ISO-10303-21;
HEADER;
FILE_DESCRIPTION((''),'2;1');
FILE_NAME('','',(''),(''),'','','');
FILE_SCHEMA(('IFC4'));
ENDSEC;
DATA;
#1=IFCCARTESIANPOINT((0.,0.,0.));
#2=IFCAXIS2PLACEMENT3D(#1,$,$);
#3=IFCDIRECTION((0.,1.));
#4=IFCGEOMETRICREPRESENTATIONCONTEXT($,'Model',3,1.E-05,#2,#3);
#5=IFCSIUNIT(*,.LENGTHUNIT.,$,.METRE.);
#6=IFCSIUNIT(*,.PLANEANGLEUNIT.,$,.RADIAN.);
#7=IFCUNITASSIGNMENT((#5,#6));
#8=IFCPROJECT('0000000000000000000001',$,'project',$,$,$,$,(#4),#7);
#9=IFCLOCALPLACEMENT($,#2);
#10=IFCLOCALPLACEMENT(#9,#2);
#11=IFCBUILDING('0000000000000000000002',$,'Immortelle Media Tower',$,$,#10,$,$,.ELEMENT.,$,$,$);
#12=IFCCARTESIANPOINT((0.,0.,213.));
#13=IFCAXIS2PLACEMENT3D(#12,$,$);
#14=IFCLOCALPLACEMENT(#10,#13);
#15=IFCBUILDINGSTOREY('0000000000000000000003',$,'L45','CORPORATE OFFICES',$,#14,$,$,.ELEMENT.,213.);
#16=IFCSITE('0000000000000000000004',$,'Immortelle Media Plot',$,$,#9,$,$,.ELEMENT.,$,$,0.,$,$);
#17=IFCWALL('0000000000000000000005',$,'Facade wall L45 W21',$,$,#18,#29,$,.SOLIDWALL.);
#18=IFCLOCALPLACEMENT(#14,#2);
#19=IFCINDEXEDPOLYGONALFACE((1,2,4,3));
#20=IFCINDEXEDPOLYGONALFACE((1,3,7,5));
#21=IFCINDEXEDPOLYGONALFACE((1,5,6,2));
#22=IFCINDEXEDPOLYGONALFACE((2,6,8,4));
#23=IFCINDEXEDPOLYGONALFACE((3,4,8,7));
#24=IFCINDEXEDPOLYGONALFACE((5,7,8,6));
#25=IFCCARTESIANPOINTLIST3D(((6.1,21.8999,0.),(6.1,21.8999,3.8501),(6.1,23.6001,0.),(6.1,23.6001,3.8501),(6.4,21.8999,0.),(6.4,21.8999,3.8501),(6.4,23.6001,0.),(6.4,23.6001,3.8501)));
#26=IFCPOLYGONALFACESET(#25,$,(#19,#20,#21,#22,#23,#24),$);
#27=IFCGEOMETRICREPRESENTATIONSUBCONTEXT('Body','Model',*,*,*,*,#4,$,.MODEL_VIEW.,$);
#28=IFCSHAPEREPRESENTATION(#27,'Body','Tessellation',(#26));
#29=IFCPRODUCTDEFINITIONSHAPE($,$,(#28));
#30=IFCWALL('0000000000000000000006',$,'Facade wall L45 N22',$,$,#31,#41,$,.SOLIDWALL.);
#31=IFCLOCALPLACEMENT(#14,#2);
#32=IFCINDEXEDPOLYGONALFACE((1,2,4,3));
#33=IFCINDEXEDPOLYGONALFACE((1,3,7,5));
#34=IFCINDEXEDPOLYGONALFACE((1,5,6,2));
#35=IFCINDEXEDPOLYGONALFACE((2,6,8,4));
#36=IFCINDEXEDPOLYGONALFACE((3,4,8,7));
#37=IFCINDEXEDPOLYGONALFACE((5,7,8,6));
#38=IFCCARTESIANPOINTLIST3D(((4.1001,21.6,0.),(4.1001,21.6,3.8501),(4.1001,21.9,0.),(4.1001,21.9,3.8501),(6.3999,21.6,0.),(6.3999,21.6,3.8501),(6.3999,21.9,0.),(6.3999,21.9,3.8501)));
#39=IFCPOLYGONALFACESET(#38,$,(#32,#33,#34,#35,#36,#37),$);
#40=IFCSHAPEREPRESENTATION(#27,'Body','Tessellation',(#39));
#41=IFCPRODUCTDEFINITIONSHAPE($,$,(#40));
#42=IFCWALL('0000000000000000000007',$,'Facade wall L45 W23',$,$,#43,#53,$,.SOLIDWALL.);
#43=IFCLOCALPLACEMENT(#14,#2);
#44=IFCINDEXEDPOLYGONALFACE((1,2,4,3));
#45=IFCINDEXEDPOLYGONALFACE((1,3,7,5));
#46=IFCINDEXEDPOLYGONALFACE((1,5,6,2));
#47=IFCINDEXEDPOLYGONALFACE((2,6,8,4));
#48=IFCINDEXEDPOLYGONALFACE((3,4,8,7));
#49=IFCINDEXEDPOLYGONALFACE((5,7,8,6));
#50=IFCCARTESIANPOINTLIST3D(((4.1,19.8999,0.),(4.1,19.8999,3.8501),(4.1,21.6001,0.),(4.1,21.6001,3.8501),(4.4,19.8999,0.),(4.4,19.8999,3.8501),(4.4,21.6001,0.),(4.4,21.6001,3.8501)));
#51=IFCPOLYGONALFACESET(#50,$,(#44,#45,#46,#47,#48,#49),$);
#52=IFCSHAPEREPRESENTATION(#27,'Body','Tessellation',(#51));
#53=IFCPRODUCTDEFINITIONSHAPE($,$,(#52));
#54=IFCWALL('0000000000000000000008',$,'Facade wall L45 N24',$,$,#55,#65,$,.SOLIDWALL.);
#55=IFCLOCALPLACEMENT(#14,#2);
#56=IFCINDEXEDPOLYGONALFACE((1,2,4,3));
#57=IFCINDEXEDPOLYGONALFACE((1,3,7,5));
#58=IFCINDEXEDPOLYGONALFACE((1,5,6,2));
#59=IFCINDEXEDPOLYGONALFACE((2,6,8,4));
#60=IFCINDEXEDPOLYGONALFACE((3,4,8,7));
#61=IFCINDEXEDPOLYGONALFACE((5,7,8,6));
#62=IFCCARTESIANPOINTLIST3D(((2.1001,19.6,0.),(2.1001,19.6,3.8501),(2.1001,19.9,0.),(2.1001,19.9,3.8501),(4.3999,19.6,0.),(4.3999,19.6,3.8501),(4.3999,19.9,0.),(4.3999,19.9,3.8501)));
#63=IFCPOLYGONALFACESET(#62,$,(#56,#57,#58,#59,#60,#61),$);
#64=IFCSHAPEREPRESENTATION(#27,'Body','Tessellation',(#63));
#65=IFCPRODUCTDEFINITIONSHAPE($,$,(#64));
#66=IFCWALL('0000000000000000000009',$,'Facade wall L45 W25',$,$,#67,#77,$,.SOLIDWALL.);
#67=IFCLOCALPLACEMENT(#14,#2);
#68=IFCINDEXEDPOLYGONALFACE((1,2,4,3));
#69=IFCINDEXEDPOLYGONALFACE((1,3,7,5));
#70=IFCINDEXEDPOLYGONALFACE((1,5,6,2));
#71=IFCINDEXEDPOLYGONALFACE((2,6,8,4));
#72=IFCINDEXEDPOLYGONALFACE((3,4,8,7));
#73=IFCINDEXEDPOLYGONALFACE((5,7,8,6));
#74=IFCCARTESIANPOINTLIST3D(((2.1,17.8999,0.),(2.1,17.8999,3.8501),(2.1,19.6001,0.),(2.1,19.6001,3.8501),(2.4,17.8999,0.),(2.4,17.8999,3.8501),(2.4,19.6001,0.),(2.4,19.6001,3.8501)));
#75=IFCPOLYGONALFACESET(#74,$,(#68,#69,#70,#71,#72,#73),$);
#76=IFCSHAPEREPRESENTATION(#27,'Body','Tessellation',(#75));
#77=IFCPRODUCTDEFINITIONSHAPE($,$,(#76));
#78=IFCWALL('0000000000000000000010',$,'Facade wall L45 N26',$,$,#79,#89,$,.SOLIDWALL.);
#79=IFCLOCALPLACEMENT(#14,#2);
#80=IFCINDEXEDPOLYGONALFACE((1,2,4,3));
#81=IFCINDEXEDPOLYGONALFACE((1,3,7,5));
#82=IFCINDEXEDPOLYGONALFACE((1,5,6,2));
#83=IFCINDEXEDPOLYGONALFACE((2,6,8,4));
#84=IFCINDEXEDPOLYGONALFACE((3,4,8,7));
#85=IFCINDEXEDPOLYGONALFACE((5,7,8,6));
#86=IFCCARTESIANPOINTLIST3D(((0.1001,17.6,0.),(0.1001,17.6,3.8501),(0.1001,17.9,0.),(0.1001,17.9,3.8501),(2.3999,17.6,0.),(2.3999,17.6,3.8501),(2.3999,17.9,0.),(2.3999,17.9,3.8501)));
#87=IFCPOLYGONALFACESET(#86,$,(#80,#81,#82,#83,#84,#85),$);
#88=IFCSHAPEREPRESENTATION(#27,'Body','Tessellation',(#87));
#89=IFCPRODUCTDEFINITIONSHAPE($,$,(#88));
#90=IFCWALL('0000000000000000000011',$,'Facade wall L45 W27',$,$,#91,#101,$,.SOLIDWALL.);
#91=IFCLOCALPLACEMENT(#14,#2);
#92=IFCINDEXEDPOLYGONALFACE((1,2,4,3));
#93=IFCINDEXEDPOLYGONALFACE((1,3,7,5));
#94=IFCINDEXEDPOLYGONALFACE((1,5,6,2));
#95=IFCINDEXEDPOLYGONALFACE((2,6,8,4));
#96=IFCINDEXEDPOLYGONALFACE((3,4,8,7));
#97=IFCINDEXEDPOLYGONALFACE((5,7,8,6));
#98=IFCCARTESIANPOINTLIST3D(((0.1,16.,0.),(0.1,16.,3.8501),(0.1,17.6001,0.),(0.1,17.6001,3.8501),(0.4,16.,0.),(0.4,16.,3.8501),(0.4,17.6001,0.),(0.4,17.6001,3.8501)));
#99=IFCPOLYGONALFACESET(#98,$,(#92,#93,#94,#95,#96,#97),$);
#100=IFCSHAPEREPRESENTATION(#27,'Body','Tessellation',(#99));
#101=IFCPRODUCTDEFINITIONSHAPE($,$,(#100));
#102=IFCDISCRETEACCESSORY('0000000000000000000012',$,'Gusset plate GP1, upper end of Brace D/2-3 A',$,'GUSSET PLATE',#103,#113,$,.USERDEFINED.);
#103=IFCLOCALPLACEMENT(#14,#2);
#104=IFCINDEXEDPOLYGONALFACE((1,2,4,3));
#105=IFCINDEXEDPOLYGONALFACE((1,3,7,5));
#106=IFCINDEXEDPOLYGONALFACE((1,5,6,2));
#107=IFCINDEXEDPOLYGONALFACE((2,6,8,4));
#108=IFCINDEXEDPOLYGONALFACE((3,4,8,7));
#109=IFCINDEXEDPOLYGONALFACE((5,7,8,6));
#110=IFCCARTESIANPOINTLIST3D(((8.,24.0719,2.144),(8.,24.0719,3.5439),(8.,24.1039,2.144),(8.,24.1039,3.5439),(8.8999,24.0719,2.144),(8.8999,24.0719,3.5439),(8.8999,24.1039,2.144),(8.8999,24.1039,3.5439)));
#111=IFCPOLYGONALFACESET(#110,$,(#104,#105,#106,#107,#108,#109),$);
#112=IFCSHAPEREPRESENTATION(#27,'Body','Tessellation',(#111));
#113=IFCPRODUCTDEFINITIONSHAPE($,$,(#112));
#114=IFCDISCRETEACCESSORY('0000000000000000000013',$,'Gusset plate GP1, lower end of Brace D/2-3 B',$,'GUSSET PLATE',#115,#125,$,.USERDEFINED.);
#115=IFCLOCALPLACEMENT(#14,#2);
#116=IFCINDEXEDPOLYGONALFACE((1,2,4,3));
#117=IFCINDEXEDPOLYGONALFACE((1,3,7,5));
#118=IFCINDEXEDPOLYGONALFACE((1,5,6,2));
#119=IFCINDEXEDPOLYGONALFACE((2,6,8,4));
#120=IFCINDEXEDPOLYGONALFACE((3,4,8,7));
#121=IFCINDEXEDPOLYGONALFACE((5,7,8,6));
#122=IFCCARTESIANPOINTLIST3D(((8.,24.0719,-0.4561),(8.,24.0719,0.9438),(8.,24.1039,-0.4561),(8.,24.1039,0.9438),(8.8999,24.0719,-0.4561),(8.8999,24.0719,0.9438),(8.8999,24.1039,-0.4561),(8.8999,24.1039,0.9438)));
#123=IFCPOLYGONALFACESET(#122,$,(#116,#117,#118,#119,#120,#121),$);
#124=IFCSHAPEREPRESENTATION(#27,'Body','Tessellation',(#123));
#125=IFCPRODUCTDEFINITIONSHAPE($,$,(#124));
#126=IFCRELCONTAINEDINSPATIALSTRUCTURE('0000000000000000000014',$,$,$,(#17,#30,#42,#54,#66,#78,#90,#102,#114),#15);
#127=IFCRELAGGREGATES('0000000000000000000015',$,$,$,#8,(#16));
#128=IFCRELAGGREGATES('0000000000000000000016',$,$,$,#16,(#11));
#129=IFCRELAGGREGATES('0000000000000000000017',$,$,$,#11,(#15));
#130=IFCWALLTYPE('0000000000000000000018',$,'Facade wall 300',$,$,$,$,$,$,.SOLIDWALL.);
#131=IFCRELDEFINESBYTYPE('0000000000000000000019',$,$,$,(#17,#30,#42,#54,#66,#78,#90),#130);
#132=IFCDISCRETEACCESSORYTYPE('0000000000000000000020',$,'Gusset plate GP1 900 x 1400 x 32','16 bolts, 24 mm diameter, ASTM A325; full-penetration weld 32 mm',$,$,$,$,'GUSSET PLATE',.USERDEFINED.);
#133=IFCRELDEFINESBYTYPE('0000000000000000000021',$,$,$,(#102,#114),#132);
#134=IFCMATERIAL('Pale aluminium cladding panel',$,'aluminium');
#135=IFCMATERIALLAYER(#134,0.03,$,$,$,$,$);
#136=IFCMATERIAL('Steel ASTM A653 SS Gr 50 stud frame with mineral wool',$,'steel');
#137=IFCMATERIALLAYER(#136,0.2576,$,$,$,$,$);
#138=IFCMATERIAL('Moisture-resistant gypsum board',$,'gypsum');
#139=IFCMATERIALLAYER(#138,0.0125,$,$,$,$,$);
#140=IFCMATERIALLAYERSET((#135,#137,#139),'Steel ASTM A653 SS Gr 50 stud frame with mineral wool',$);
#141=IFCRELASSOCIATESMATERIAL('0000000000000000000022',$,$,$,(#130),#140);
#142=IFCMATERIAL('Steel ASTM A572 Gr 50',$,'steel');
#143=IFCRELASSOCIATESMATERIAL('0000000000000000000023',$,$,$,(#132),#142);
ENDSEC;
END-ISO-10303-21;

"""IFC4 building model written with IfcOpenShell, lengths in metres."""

from ifc_helpers import new_model, si_unit, direction, frame, frame_2d, origin, origin_2d, place, context, subcontext, project, spatial, rectangle, extrude, material, layer, layer_set, material_profile, profile_set, type_object, element, save


model = new_model("IFC4")

# Units and contexts
model_context = context("Model", 3, precision=1e-05, world=origin(), true_north=direction((0.0, 1.0)))
body_context = subcontext(model_context, "Body", "Model", "MODEL_VIEW")
ifc_project = project(units=[si_unit("LENGTHUNIT", "METRE"), si_unit("PLANEANGLEUNIT", "RADIAN")], contexts=[model_context])

# Site, building, storey
site_placement = place(None, origin())
site = spatial("IfcSite", under=ifc_project, at=site_placement, Name="Immortelle Media Plot", CompositionType="ELEMENT", RefElevation=0.0)
building_placement = place(site_placement, origin())
building = spatial("IfcBuilding", under=site, at=building_placement, Name="Immortelle Media Tower", CompositionType="ELEMENT")
storey_placement = place(building_placement, frame((0.0, 0.0, 213.0)))
storey = spatial("IfcBuildingStorey", under=building, at=storey_placement, Name="L45", Description="CORPORATE OFFICES", CompositionType="ELEMENT", Elevation=213.0)

# Walls
ifc_material_1 = material(Name="Steel ASTM A653 SS Gr 50 stud frame with mineral wool", Category="steel")
ifc_material_2 = material(Name="Pale aluminium cladding panel", Category="aluminium")
ifc_layer_1 = layer(ifc_material_2, 0.03)
ifc_layer_2 = layer(ifc_material_1, 0.2576)
ifc_material_3 = material(Name="Moisture-resistant gypsum board", Category="gypsum")
ifc_layer_3 = layer(ifc_material_3, 0.0125)
ifc_layer_set_1 = layer_set([ifc_layer_1, ifc_layer_2, ifc_layer_3], Name="Steel ASTM A653 SS Gr 50 stud frame with mineral wool")
wall_type_1 = type_object("IfcWallType", Name="Facade wall 300", PredefinedType="SOLIDWALL", material=ifc_layer_set_1)
wall_1_placement = place(storey_placement, frame((6.25, 23.6001, 0.0), z_axis=(0.0, 0.0, 1.0), x_axis=(0.0, -1.0, 0.0)))
element("IfcWall", 1, at=wall_1_placement, inside=storey, type_object=wall_type_1, Name="Facade wall L45 W21", PredefinedType="SOLIDWALL", context=body_context, shape_type="SweptSolid", body=[
    extrude(rectangle(XDim=1.7002, YDim=0.3, at=frame_2d((0.8501, 0.0))), origin(), (0.0, 0.0, 1.0), 3.8501),
])
wall_2_placement = place(storey_placement, frame((6.3999, 21.75, 0.0), z_axis=(0.0, 0.0, 1.0), x_axis=(-1.0, 0.0, 0.0)))
element("IfcWall", 2, at=wall_2_placement, inside=storey, type_object=wall_type_1, Name="Facade wall L45 N22", PredefinedType="SOLIDWALL", context=body_context, shape_type="SweptSolid", body=[
    extrude(rectangle(XDim=2.2998, YDim=0.3, at=frame_2d((1.1499, 0.0))), origin(), (0.0, 0.0, 1.0), 3.8501),
])
wall_3_placement = place(storey_placement, frame((4.25, 21.6001, 0.0), z_axis=(0.0, 0.0, 1.0), x_axis=(0.0, -1.0, 0.0)))
element("IfcWall", 3, at=wall_3_placement, inside=storey, type_object=wall_type_1, Name="Facade wall L45 W23", PredefinedType="SOLIDWALL", context=body_context, shape_type="SweptSolid", body=[
    extrude(rectangle(XDim=1.7002, YDim=0.3, at=frame_2d((0.8501, 0.0))), origin(), (0.0, 0.0, 1.0), 3.8501),
])
wall_4_placement = place(storey_placement, frame((4.3999, 19.75, 0.0), z_axis=(0.0, 0.0, 1.0), x_axis=(-1.0, 0.0, 0.0)))
element("IfcWall", 4, at=wall_4_placement, inside=storey, type_object=wall_type_1, Name="Facade wall L45 N24", PredefinedType="SOLIDWALL", context=body_context, shape_type="SweptSolid", body=[
    extrude(rectangle(XDim=2.2998, YDim=0.3, at=frame_2d((1.1499, 0.0))), origin(), (0.0, 0.0, 1.0), 3.8501),
])
wall_5_placement = place(storey_placement, frame((2.25, 19.6001, 0.0), z_axis=(0.0, 0.0, 1.0), x_axis=(0.0, -1.0, 0.0)))
element("IfcWall", 5, at=wall_5_placement, inside=storey, type_object=wall_type_1, Name="Facade wall L45 W25", PredefinedType="SOLIDWALL", context=body_context, shape_type="SweptSolid", body=[
    extrude(rectangle(XDim=1.7002, YDim=0.3, at=frame_2d((0.8501, 0.0))), origin(), (0.0, 0.0, 1.0), 3.8501),
])
wall_6_placement = place(storey_placement, frame((2.3999, 17.75, 0.0), z_axis=(0.0, 0.0, 1.0), x_axis=(-1.0, 0.0, 0.0)))
element("IfcWall", 6, at=wall_6_placement, inside=storey, type_object=wall_type_1, Name="Facade wall L45 N26", PredefinedType="SOLIDWALL", context=body_context, shape_type="SweptSolid", body=[
    extrude(rectangle(XDim=2.2998, YDim=0.3, at=frame_2d((1.1499, 0.0))), origin(), (0.0, 0.0, 1.0), 3.8501),
])
wall_7_placement = place(storey_placement, frame((0.25, 17.6001, 0.0), z_axis=(0.0, 0.0, 1.0), x_axis=(0.0, -1.0, 0.0)))
element("IfcWall", 7, at=wall_7_placement, inside=storey, type_object=wall_type_1, Name="Facade wall L45 W27", PredefinedType="SOLIDWALL", context=body_context, shape_type="SweptSolid", body=[
    extrude(rectangle(XDim=1.6001, YDim=0.3, at=frame_2d((0.8, 0.0))), origin(), (0.0, 0.0, 1.0), 3.8501),
])

# Discrete accessories
ifc_material_4 = material(Name="Steel ASTM A572 Gr 50", Category="steel")
ifc_material_profile_1 = material_profile(ifc_material_4, rectangle(XDim=0.032, YDim=1.3999, at=origin_2d()), Name="PL 32 x 1400")
ifc_profile_set_1 = profile_set([ifc_material_profile_1], Name="Steel ASTM A572 Gr 50")
discrete_accessory_type = type_object("IfcDiscreteAccessoryType", Name="Gusset plate GP1 900 x 1400 x 32", Description="16 bolts, 24 mm diameter, ASTM A325; full-penetration weld 32 mm", ElementType="GUSSET PLATE", PredefinedType="USERDEFINED", material=ifc_profile_set_1)
for number, where, z_axis, x_axis, name in (
    (8, (8.0, 24.0879, 2.844), (1.0, 0.0, 0.0), (0.0, 1.0, 0.0), "Gusset plate GP1, upper end of Brace D/2-3 A"),
    (9, (8.0, 24.0879, 0.2439), (1.0, 0.0, 0.0), (0.0, 1.0, 0.0), "Gusset plate GP1, lower end of Brace D/2-3 B"),
):
    element("IfcDiscreteAccessory", number, at=place(storey_placement, frame(where, z_axis=z_axis, x_axis=x_axis)), inside=storey, type_object=discrete_accessory_type, Name=name, ObjectType="GUSSET PLATE", PredefinedType="USERDEFINED", context=body_context, shape_type="SweptSolid", body=[
        extrude(rectangle(XDim=0.032, YDim=1.3999, at=origin_2d()), origin(), (0.0, 0.0, 1.0), 0.8999),
    ])

save(model, "model.ifc")
